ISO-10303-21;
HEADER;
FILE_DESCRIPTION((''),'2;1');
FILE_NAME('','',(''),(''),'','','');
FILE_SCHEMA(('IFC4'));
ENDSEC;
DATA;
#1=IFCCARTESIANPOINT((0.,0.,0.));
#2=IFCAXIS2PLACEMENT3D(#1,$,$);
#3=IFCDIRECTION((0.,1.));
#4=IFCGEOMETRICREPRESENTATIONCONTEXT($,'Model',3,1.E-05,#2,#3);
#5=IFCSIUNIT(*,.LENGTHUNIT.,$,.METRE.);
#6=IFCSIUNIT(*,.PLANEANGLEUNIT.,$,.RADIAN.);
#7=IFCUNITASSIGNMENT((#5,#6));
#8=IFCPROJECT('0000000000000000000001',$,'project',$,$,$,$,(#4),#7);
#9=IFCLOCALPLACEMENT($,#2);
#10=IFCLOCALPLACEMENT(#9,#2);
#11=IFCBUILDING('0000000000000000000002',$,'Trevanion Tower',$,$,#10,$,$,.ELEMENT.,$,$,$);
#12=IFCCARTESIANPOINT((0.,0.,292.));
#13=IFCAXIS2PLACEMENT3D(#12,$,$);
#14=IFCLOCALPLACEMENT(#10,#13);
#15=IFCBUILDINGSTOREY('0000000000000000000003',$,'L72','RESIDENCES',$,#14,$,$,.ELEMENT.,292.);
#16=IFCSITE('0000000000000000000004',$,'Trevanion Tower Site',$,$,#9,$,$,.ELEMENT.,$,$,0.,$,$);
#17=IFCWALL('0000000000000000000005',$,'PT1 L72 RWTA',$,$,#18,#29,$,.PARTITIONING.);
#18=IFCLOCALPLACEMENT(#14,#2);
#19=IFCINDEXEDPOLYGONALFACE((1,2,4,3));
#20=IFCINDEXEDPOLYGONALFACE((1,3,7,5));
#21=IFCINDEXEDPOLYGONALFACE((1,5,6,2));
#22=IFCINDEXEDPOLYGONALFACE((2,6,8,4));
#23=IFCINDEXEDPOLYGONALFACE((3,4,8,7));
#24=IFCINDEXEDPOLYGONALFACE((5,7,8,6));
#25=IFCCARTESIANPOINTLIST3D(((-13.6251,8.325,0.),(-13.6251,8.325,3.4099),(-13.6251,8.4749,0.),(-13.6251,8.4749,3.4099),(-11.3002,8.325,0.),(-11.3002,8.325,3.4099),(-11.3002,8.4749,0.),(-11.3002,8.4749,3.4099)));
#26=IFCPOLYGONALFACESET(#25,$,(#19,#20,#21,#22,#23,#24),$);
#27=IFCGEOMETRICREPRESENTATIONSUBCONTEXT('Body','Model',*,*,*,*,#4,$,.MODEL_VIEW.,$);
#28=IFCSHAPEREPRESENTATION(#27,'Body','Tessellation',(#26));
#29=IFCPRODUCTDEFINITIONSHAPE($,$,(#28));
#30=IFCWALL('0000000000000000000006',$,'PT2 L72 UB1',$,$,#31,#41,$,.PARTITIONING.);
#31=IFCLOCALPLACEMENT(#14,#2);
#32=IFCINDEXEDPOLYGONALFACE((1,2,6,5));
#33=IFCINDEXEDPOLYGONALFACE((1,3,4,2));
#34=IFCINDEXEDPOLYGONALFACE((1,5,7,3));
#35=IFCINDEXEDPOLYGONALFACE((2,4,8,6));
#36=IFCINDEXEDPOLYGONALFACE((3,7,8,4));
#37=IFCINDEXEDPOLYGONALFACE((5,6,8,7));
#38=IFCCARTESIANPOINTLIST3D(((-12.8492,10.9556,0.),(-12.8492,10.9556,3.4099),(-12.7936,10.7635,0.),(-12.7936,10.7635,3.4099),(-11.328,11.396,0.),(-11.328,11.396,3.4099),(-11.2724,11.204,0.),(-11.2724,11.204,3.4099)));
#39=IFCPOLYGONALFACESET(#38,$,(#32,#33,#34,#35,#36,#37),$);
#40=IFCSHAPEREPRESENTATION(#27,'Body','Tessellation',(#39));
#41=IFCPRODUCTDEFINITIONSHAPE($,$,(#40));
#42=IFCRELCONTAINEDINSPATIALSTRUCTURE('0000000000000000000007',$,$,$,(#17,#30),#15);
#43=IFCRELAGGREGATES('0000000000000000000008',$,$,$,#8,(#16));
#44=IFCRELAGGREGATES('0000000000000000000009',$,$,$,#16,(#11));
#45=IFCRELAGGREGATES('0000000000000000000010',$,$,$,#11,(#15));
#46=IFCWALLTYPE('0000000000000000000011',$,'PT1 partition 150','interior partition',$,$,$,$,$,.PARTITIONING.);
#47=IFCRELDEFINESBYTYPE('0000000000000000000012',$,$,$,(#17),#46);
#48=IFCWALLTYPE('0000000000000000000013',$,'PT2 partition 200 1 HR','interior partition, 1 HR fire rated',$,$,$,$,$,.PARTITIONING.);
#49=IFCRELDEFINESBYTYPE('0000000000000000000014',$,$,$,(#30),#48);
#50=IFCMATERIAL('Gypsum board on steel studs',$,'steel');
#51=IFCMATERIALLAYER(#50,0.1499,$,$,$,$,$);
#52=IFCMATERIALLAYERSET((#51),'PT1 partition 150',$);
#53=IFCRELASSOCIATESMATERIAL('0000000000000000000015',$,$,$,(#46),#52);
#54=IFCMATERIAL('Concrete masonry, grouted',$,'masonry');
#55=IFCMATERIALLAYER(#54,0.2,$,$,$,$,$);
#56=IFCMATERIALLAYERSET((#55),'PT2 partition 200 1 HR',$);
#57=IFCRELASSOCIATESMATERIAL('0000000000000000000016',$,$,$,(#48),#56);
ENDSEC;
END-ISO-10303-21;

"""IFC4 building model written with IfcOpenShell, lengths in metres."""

from ifc_helpers import new_model, si_unit, direction, frame, frame_2d, origin, place, context, subcontext, project, spatial, rectangle, extrude, material, layer, layer_set, type_object, element, save


model = new_model("IFC4")

# Units and contexts
model_context = context("Model", 3, precision=1e-05, world=origin(), true_north=direction((0.0, 1.0)))
body_context = subcontext(model_context, "Body", "Model", "MODEL_VIEW")
ifc_project = project(units=[si_unit("LENGTHUNIT", "METRE"), si_unit("PLANEANGLEUNIT", "RADIAN")], contexts=[model_context])

# Site, building, storey
site_placement = place(None, origin())
site = spatial("IfcSite", under=ifc_project, at=site_placement, Name="Trevanion Tower Site", CompositionType="ELEMENT", RefElevation=0.0)
building_placement = place(site_placement, origin())
building = spatial("IfcBuilding", under=site, at=building_placement, Name="Trevanion Tower", CompositionType="ELEMENT")
storey_placement = place(building_placement, frame((0.0, 0.0, 292.0)))
storey = spatial("IfcBuildingStorey", under=building, at=storey_placement, Name="L72", Description="RESIDENCES", CompositionType="ELEMENT", Elevation=292.0)

# Walls
ifc_material_1 = material(Name="Gypsum board on steel studs", Category="steel")
ifc_layer_1 = layer(ifc_material_1, 0.1499)
ifc_layer_set_1 = layer_set([ifc_layer_1], Name="PT1 partition 150")
wall_type_1 = type_object("IfcWallType", Name="PT1 partition 150", Description="interior partition", PredefinedType="PARTITIONING", material=ifc_layer_set_1)
wall_1_placement = place(storey_placement, frame((-11.3, 8.3999, 0.0), z_axis=(0.0, 0.0, 1.0), x_axis=(-1.0, 0.0, 0.0)))
element("IfcWall", 1, at=wall_1_placement, inside=storey, type_object=wall_type_1, Name="PT1 L72 RWTA", PredefinedType="PARTITIONING", context=body_context, shape_type="SweptSolid", body=[
    extrude(rectangle(XDim=2.325, YDim=0.1499, at=frame_2d((1.1626, 0.0))), origin(), (0.0, 0.0, 1.0), 3.4099),
])
ifc_material_2 = material(Name="Concrete masonry, grouted", Category="masonry")
ifc_layer_2 = layer(ifc_material_2, 0.2)
ifc_layer_set_2 = layer_set([ifc_layer_2], Name="PT2 partition 200 1 HR")
wall_type_2 = type_object("IfcWallType", Name="PT2 partition 200 1 HR", Description="interior partition, 1 HR fire rated", PredefinedType="PARTITIONING", material=ifc_layer_set_2)
wall_2_placement = place(storey_placement, frame((-11.3, 11.3, 0.0), z_axis=(0.0, 0.0, 1.0), x_axis=(-0.960552, -0.278099, 0.0)))
element("IfcWall", 2, at=wall_2_placement, inside=storey, type_object=wall_type_2, Name="PT2 L72 UB1", PredefinedType="PARTITIONING", context=body_context, shape_type="SweptSolid", body=[
    extrude(rectangle(XDim=1.5837, YDim=0.2, at=frame_2d((0.792, 0.0))), origin(), (0.0, 0.0, 1.0), 3.4099),
])

save(model, "model.ifc")
